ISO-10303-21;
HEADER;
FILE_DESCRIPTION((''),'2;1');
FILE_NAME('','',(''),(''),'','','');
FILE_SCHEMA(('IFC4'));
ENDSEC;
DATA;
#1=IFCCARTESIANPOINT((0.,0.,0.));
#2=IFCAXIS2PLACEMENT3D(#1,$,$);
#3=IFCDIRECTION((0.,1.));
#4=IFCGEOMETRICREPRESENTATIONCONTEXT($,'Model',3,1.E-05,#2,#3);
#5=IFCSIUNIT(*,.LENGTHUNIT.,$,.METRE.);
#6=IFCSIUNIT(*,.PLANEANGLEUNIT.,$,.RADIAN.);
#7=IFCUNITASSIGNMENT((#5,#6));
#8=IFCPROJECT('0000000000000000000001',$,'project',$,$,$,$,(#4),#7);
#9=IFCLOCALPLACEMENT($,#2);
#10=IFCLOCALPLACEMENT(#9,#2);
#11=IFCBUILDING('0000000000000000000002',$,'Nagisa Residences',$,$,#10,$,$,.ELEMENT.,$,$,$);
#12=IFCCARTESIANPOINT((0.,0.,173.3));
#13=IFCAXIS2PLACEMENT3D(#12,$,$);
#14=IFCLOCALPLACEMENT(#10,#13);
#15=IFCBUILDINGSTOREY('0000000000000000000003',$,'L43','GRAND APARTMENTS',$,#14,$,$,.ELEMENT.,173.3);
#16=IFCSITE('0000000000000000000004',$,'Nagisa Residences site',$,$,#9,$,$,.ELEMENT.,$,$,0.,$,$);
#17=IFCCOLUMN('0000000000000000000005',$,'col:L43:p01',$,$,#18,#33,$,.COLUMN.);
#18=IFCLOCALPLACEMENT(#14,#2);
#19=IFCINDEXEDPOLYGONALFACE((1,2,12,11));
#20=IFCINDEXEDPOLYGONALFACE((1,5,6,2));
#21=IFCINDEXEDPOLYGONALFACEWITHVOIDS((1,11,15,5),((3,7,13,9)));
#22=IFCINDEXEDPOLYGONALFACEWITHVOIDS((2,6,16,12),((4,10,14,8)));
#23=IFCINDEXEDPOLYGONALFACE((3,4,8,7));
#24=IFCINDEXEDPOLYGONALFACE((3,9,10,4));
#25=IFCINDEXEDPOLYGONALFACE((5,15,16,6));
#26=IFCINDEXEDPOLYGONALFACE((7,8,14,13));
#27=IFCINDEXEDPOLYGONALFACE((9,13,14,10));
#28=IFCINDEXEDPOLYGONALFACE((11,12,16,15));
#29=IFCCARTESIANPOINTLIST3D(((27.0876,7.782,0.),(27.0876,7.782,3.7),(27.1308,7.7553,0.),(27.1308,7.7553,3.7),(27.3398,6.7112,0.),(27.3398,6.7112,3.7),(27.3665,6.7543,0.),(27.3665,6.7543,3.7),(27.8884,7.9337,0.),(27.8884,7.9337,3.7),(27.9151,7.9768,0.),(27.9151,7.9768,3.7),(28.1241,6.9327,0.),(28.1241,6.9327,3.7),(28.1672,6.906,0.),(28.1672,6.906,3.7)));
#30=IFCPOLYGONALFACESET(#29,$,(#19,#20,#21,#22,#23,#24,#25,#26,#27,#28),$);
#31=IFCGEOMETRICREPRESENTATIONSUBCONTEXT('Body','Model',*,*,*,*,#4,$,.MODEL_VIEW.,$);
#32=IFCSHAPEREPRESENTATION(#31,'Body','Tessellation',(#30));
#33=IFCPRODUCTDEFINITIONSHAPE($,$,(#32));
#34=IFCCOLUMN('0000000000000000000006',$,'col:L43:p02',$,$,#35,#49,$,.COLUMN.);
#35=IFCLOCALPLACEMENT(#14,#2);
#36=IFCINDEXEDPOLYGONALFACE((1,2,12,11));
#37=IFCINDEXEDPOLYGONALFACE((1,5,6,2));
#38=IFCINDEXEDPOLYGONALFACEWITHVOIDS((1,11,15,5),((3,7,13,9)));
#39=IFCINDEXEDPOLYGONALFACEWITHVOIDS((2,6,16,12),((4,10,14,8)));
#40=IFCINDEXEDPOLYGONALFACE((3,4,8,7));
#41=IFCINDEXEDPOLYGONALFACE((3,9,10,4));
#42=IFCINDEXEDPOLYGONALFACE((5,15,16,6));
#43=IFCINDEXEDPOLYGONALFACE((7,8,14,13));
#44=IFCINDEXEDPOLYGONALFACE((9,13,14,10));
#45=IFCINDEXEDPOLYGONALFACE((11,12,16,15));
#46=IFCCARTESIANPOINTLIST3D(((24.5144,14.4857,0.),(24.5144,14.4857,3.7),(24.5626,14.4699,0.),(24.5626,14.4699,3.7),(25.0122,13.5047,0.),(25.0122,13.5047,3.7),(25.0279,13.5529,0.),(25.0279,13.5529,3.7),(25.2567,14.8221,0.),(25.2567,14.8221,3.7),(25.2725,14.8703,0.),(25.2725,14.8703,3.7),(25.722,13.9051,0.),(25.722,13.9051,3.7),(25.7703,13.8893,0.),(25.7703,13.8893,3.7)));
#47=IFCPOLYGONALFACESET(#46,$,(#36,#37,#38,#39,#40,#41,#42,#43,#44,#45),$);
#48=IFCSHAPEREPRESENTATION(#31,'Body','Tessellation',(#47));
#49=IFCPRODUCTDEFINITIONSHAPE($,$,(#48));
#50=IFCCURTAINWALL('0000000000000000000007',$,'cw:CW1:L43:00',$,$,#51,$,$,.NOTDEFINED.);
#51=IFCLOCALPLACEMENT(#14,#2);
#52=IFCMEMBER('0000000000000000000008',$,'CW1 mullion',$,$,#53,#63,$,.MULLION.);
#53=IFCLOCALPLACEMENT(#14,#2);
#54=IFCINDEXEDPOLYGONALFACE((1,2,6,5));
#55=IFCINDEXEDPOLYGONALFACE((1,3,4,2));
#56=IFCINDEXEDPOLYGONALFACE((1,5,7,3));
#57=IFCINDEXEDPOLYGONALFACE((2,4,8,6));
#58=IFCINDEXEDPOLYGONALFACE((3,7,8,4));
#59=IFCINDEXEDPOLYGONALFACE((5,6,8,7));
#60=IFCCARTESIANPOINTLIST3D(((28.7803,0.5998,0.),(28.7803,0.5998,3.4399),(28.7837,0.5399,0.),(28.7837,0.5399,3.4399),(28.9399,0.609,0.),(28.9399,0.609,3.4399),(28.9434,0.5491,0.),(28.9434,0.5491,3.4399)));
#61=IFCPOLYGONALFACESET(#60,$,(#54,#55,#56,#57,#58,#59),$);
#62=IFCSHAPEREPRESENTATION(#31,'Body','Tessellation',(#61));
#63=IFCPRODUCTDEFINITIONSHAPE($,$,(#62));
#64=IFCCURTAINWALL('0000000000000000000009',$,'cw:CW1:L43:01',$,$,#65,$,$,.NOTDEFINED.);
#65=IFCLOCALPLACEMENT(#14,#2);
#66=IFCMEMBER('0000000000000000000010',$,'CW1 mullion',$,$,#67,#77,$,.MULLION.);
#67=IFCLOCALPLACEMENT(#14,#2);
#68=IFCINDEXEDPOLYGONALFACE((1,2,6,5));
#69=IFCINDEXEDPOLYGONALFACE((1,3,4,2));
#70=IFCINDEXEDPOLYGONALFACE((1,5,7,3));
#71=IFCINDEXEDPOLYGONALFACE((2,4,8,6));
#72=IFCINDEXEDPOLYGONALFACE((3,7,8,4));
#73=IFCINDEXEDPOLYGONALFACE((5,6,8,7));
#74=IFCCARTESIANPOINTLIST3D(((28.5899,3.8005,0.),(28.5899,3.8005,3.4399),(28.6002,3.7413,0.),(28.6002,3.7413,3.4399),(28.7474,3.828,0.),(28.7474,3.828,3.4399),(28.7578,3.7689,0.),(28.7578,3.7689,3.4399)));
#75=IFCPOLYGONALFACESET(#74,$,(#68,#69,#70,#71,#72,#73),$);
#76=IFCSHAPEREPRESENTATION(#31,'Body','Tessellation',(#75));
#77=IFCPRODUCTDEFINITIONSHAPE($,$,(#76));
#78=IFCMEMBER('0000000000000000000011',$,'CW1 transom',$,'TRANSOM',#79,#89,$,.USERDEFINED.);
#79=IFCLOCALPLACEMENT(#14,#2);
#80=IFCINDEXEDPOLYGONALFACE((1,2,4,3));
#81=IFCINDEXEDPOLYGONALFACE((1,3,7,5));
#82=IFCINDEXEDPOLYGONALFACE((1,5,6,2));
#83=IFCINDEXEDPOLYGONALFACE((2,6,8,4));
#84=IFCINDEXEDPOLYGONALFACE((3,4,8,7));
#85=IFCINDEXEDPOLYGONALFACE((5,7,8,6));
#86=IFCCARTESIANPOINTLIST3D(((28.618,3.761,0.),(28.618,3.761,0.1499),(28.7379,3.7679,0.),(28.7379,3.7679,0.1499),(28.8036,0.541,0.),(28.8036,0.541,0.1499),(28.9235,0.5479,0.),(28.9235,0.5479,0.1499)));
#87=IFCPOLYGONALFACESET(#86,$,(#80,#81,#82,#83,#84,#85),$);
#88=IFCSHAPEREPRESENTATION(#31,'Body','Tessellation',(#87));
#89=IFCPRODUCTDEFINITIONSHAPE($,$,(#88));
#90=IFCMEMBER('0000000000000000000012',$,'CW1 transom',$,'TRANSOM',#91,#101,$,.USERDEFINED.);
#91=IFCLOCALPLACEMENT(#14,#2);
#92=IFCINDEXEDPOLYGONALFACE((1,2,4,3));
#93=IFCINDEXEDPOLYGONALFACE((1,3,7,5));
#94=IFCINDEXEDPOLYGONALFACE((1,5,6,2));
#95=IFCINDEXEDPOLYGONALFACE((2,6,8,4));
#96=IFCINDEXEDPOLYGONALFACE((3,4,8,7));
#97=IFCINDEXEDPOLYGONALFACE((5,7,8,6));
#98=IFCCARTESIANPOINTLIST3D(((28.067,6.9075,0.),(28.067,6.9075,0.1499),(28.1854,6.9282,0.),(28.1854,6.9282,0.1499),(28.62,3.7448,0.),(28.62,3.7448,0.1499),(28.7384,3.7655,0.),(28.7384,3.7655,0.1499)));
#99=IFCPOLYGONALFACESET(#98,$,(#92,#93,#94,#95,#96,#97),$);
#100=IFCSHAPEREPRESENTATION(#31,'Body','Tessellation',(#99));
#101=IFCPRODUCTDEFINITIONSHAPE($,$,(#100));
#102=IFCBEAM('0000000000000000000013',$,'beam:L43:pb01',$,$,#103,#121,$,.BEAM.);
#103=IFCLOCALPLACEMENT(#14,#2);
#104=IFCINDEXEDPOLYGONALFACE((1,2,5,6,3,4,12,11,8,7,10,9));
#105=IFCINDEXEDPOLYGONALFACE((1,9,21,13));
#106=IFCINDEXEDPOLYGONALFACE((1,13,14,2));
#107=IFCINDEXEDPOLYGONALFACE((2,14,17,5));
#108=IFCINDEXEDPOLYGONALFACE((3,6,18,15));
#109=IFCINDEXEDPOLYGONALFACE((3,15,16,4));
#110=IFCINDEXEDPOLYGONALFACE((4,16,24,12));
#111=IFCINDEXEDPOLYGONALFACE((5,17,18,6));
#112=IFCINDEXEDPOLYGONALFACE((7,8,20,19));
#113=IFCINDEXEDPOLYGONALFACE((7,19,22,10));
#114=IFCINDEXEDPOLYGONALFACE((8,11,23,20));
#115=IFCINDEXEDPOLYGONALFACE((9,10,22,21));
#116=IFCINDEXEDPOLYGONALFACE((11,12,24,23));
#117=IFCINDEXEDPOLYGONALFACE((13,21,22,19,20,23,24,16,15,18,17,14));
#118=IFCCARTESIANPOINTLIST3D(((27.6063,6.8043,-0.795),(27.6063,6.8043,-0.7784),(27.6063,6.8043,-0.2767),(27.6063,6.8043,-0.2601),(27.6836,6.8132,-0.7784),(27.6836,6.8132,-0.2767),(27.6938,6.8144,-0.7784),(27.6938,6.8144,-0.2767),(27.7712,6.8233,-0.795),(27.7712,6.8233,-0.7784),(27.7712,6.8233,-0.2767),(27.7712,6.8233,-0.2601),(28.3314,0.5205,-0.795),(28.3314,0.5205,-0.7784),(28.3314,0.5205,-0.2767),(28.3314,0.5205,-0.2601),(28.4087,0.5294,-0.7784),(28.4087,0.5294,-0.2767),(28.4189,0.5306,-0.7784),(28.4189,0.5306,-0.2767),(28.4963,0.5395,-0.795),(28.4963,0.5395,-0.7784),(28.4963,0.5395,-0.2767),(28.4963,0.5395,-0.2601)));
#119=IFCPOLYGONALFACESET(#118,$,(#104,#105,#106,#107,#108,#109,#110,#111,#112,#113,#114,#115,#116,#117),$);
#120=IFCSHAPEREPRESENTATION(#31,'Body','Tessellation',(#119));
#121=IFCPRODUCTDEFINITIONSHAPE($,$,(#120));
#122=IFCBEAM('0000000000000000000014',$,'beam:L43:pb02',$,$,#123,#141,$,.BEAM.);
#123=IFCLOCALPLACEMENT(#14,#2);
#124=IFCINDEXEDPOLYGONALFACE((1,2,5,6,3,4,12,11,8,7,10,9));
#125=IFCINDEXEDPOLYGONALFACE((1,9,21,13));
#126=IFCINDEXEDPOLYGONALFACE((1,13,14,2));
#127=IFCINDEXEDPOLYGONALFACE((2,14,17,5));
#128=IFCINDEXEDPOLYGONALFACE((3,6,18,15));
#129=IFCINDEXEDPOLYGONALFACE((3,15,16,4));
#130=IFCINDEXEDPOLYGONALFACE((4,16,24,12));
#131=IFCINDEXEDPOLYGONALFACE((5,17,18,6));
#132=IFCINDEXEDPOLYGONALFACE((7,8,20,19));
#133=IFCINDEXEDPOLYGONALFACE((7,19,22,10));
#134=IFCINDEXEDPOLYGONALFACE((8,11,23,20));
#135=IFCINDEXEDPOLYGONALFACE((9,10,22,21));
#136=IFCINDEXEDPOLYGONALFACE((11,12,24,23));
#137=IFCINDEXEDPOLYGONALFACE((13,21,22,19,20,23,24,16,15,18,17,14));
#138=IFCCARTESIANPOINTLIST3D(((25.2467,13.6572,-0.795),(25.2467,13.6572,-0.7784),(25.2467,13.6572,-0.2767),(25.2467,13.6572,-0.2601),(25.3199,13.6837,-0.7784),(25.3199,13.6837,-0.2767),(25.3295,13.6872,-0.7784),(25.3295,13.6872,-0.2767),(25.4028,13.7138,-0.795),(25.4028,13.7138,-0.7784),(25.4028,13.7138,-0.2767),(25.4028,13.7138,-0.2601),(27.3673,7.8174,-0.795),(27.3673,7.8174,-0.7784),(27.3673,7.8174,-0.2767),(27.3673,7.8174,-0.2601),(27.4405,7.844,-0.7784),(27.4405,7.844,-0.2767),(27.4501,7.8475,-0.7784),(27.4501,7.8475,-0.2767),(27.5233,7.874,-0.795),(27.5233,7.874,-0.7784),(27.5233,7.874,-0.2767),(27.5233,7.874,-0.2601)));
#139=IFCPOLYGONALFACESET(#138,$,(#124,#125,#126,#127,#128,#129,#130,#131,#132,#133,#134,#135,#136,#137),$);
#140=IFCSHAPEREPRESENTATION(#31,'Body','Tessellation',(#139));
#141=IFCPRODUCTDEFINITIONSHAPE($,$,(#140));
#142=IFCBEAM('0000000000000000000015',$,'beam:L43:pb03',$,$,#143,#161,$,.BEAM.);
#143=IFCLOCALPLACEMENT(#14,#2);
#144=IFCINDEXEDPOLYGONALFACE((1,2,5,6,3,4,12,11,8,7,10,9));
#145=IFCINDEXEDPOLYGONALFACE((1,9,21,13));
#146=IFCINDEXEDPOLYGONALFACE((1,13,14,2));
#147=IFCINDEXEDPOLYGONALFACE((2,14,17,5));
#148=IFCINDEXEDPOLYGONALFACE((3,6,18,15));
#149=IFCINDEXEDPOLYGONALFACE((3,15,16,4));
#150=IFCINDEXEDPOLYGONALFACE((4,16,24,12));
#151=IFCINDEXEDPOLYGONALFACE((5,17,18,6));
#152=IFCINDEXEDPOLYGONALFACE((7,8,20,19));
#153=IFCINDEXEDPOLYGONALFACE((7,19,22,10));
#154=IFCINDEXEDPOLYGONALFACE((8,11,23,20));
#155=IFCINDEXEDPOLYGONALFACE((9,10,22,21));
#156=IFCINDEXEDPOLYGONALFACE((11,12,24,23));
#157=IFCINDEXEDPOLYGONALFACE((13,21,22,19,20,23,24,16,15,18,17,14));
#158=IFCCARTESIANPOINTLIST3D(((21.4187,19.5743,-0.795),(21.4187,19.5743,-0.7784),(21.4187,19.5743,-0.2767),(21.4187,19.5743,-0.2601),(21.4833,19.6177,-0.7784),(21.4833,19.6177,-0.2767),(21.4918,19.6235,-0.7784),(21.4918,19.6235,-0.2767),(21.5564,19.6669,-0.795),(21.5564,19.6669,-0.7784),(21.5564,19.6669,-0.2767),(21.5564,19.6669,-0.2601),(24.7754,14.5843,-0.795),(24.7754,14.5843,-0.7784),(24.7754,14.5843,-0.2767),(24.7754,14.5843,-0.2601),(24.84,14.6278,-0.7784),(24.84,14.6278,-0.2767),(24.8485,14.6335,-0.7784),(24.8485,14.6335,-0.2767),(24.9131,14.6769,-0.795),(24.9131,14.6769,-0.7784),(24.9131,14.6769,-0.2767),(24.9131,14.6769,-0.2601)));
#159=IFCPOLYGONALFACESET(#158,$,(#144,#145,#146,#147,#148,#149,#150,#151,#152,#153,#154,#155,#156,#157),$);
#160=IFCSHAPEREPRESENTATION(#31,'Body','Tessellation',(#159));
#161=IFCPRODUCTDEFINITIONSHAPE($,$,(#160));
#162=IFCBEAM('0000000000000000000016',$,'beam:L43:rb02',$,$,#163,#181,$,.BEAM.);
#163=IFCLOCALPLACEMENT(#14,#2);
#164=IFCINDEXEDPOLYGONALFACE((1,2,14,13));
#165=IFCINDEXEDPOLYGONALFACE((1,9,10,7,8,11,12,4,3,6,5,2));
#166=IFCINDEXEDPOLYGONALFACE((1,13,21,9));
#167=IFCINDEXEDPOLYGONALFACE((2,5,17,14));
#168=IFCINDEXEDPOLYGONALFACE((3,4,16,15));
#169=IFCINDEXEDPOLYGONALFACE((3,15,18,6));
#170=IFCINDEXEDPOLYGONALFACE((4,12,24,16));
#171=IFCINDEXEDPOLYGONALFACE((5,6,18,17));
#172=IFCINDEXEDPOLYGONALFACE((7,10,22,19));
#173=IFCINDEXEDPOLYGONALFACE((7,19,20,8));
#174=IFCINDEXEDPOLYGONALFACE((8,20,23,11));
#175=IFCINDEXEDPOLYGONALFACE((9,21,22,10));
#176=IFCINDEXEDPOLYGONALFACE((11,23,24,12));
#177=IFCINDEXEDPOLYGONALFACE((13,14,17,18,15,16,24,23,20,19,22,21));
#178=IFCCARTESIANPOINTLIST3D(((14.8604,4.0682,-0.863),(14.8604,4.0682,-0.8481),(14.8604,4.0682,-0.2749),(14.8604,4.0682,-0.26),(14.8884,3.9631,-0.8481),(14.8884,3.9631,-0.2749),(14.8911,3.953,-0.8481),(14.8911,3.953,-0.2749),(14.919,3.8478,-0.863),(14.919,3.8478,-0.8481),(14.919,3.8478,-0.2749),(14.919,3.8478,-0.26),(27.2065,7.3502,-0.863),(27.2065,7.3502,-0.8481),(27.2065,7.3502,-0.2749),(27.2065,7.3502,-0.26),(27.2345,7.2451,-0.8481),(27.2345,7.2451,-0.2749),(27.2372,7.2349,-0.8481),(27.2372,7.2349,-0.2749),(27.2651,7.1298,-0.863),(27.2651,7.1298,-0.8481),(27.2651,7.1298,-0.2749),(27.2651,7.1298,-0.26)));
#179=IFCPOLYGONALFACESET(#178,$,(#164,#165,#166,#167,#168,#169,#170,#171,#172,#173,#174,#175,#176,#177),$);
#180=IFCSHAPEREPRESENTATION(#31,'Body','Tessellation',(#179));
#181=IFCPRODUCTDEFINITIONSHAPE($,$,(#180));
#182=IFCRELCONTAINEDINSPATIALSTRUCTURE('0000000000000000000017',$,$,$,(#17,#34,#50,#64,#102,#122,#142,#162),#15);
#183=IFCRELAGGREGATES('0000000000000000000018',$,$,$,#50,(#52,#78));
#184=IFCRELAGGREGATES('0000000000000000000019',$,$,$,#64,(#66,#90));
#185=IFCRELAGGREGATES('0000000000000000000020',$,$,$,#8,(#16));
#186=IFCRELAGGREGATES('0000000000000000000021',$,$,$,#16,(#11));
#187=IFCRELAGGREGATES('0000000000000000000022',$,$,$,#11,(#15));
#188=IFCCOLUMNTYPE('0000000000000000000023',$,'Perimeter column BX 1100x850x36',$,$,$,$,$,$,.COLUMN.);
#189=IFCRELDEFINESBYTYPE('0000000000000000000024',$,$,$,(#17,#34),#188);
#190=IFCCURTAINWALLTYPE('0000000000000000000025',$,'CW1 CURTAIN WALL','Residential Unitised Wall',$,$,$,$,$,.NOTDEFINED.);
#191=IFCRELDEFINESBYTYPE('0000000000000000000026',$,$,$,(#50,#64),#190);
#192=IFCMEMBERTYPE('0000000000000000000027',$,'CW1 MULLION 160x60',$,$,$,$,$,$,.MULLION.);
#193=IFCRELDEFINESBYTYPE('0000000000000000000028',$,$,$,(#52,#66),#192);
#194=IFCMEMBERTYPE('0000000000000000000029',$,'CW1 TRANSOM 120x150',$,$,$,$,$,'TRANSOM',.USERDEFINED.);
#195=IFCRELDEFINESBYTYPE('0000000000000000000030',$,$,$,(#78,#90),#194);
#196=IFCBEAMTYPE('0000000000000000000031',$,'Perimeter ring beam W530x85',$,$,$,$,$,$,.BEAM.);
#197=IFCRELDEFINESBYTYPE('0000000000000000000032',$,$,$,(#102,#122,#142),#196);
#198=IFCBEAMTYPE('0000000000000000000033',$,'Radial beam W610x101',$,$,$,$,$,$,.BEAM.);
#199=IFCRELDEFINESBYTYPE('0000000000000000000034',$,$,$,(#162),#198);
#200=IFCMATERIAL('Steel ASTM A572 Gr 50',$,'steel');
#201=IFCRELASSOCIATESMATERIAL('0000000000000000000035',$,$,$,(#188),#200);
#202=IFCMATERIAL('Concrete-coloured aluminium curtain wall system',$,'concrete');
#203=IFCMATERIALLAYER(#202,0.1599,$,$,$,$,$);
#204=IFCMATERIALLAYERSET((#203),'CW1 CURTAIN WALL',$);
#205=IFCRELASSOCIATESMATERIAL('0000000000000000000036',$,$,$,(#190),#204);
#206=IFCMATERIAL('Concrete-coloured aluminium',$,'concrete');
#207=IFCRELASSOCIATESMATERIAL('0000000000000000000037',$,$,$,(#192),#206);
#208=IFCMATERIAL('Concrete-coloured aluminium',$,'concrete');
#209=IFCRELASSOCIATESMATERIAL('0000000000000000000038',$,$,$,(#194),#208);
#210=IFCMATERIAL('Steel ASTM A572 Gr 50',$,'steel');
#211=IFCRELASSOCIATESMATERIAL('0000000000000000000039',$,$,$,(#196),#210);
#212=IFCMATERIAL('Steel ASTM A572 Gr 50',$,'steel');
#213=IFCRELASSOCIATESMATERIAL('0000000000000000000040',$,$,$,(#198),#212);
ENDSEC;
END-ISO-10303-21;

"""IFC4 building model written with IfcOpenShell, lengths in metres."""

from ifc_helpers import new_model, si_unit, direction, frame, origin, origin_2d, place, context, subcontext, project, spatial, rectangle, hollow_rectangle, i_section, extrude, material, layer, layer_set, material_profile, profile_set, type_object, element, aggregate, save


model = new_model("IFC4")

# Units and contexts
model_context = context("Model", 3, precision=1e-05, world=origin(), true_north=direction((0.0, 1.0)))
body_context = subcontext(model_context, "Body", "Model", "MODEL_VIEW")
ifc_project = project(units=[si_unit("LENGTHUNIT", "METRE"), si_unit("PLANEANGLEUNIT", "RADIAN")], contexts=[model_context])

# Site, building, storey
site_placement = place(None, origin())
site = spatial("IfcSite", under=ifc_project, at=site_placement, Name="Nagisa Residences site", CompositionType="ELEMENT", RefElevation=0.0)
building_placement = place(site_placement, origin())
building = spatial("IfcBuilding", under=site, at=building_placement, Name="Nagisa Residences", CompositionType="ELEMENT")
storey_placement = place(building_placement, frame((0.0, 0.0, 173.3)))
storey = spatial("IfcBuildingStorey", under=building, at=storey_placement, Name="L43", Description="GRAND APARTMENTS", CompositionType="ELEMENT", Elevation=173.3)

# Columns
ifc_material_1 = material(Name="Steel ASTM A572 Gr 50", Category="steel")
ifc_material_profile_1 = material_profile(ifc_material_1, hollow_rectangle(XDim=1.1001, YDim=0.8501, WallThickness=0.0359, at=origin_2d()), Name="BX 1100x850x36")
ifc_profile_set_1 = profile_set([ifc_material_profile_1], Name="Steel ASTM A572 Gr 50")
column_type = type_object("IfcColumnType", Name="Perimeter column BX 1100x850x36", PredefinedType="COLUMN", material=ifc_profile_set_1)
for number, where, z_axis, x_axis, name in (
    (1, (27.6274, 7.344, 0.0), (0.0, 0.0, 1.0), (-0.229202, 0.973379, 0.0), "col:L43:p01"),
    (2, (25.1423, 14.1875, 0.0), (0.0, 0.0, 1.0), (-0.452463, 0.891783, 0.0), "col:L43:p02"),
):
    element("IfcColumn", number, at=place(storey_placement, frame(where, z_axis=z_axis, x_axis=x_axis)), inside=storey, type_object=column_type, Name=name, PredefinedType="COLUMN", context=body_context, shape_type="SweptSolid", body=[
        extrude(hollow_rectangle(XDim=1.1001, YDim=0.8501, WallThickness=0.0359, at=origin_2d()), origin(), (0.0, 0.0, 1.0), 3.7),
    ])

# Curtain walls, members
ifc_material_2 = material(Name="Concrete-coloured aluminium curtain wall system", Category="concrete")
ifc_layer_1 = layer(ifc_material_2, 0.1599)
ifc_layer_set_1 = layer_set([ifc_layer_1], Name="CW1 CURTAIN WALL")
curtain_wall_type = type_object("IfcCurtainWallType", Name="CW1 CURTAIN WALL", Description="Residential Unitised Wall", PredefinedType="NOTDEFINED", material=ifc_layer_set_1)
curtain_wall_1_placement = place(storey_placement, origin())
curtain_wall_1 = element("IfcCurtainWall", 3, at=curtain_wall_1_placement, inside=storey, type_object=curtain_wall_type, Name="cw:CW1:L43:00", PredefinedType="NOTDEFINED")
ifc_material_3 = material(Name="Concrete-coloured aluminium", Category="concrete")
ifc_material_profile_2 = material_profile(ifc_material_3, rectangle(XDim=0.1599, YDim=0.0601, at=origin_2d()), Name="CW1 MULLION 160x60")
ifc_profile_set_2 = profile_set([ifc_material_profile_2], Name="Concrete-coloured aluminium")
member_type_1 = type_object("IfcMemberType", Name="CW1 MULLION 160x60", PredefinedType="MULLION", material=ifc_profile_set_2)
member_1_placement = place(storey_placement, frame((28.8618, 0.5745, 0.0), z_axis=(0.0, 0.0, 1.0), x_axis=(-0.998345, -0.057503, 0.0)))
member_1 = element("IfcMember", 4, at=member_1_placement, type_object=member_type_1, Name="CW1 mullion", PredefinedType="MULLION", context=body_context, shape_type="SweptSolid", body=[
    extrude(rectangle(XDim=0.1599, YDim=0.0601, at=origin_2d()), origin(), (0.0, 0.0, 1.0), 3.4399),
])
curtain_wall_2_placement = place(storey_placement, origin())
curtain_wall_2 = element("IfcCurtainWall", 5, at=curtain_wall_2_placement, inside=storey, type_object=curtain_wall_type, Name="cw:CW1:L43:01", PredefinedType="NOTDEFINED")
member_2_placement = place(storey_placement, frame((28.6738, 3.7847, 0.0), z_axis=(0.0, 0.0, 1.0), x_axis=(-0.985064, -0.172191, 0.0)))
member_2 = element("IfcMember", 6, at=member_2_placement, type_object=member_type_1, Name="CW1 mullion", PredefinedType="MULLION", context=body_context, shape_type="SweptSolid", body=[
    extrude(rectangle(XDim=0.1599, YDim=0.0601, at=origin_2d()), origin(), (0.0, 0.0, 1.0), 3.4399),
])

# Members
ifc_material_4 = material(Name="Concrete-coloured aluminium", Category="concrete")
ifc_material_profile_3 = material_profile(ifc_material_4, rectangle(XDim=0.1201, YDim=0.1499, at=origin_2d()), Name="CW1 TRANSOM 120x150")
ifc_profile_set_3 = profile_set([ifc_material_profile_3], Name="Concrete-coloured aluminium")
member_type_2 = type_object("IfcMemberType", Name="CW1 TRANSOM 120x150", ElementType="TRANSOM", PredefinedType="USERDEFINED", material=ifc_profile_set_3)
member_3_placement = place(storey_placement, frame((28.8635, 0.5444, 0.075), z_axis=(-0.057528, 0.998344, 0.0), x_axis=(-0.998344, -0.057528, 0.0)))
member_3 = element("IfcMember", 7, at=member_3_placement, type_object=member_type_2, Name="CW1 transom", ObjectType="TRANSOM", PredefinedType="USERDEFINED", context=body_context, shape_type="SweptSolid", body=[
    extrude(rectangle(XDim=0.1201, YDim=0.1499, at=origin_2d()), origin(), (0.0, 0.0, 1.0), 3.2253),
])
member_4_placement = place(storey_placement, frame((28.6792, 3.7551, 0.075), z_axis=(-0.172236, 0.985056, 0.0), x_axis=(-0.985056, -0.172236, 0.0)))
member_4 = element("IfcMember", 8, at=member_4_placement, type_object=member_type_2, Name="CW1 transom", ObjectType="TRANSOM", PredefinedType="USERDEFINED", context=body_context, shape_type="SweptSolid", body=[
    extrude(rectangle(XDim=0.1201, YDim=0.1499, at=origin_2d()), origin(), (0.0, 0.0, 1.0), 3.2107),
])

# Beams
ifc_material_5 = material(Name="Steel ASTM A572 Gr 50", Category="steel")
ifc_material_profile_4 = material_profile(ifc_material_5, i_section(OverallWidth=0.166, OverallDepth=0.5349, WebThickness=0.0103, FlangeThickness=0.0166, at=origin_2d()), Name="W530x85")
ifc_profile_set_4 = profile_set([ifc_material_profile_4], Name="Steel ASTM A572 Gr 50")
beam_type_1 = type_object("IfcBeamType", Name="Perimeter ring beam W530x85", PredefinedType="BEAM", material=ifc_profile_set_4)
beam_1_placement = place(storey_placement, frame((28.4138, 0.53, -0.5276), z_axis=(-0.114633, 0.993408, 0.0), x_axis=(-0.993408, -0.114633, 0.0)))
element("IfcBeam", 9, at=beam_1_placement, inside=storey, type_object=beam_type_1, Name="beam:L43:pb01", PredefinedType="BEAM", context=body_context, shape_type="SweptSolid", body=[
    extrude(i_section(OverallWidth=0.166, OverallDepth=0.5349, WebThickness=0.0103, FlangeThickness=0.0166, at=origin_2d()), origin(), (0.0, 0.0, 1.0), 6.3254),
])
beam_2_placement = place(storey_placement, frame((27.4453, 7.8457, -0.5276), z_axis=(-0.34132, 0.939947, 0.0), x_axis=(-0.939947, -0.34132, 0.0)))
element("IfcBeam", 10, at=beam_2_placement, inside=storey, type_object=beam_type_1, Name="beam:L43:pb02", PredefinedType="BEAM", context=body_context, shape_type="SweptSolid", body=[
    extrude(i_section(OverallWidth=0.166, OverallDepth=0.5349, WebThickness=0.0103, FlangeThickness=0.0166, at=origin_2d()), origin(), (0.0, 0.0, 1.0), 6.2129),
])
beam_3_placement = place(storey_placement, frame((24.8442, 14.6306, -0.5276), z_axis=(-0.558152, 0.829739, 0.0), x_axis=(-0.829739, -0.558152, 0.0)))
element("IfcBeam", 11, at=beam_3_placement, inside=storey, type_object=beam_type_1, Name="beam:L43:pb03", PredefinedType="BEAM", context=body_context, shape_type="SweptSolid", body=[
    extrude(i_section(OverallWidth=0.166, OverallDepth=0.5349, WebThickness=0.0103, FlangeThickness=0.0166, at=origin_2d()), origin(), (0.0, 0.0, 1.0), 6.0139),
])
ifc_material_6 = material(Name="Steel ASTM A572 Gr 50", Category="steel")
ifc_material_profile_5 = material_profile(ifc_material_6, i_section(OverallWidth=0.228, OverallDepth=0.603, WebThickness=0.0105, FlangeThickness=0.0149, at=origin_2d()), Name="W610x101")
ifc_profile_set_5 = profile_set([ifc_material_profile_5], Name="Steel ASTM A572 Gr 50")
beam_type_2 = type_object("IfcBeamType", Name="Radial beam W610x101", PredefinedType="BEAM", material=ifc_profile_set_5)
beam_4_placement = place(storey_placement, frame((27.2358, 7.24, -0.5615), z_axis=(-0.966436, -0.256907, 0.0), x_axis=(0.256907, -0.966436, 0.0)))
element("IfcBeam", 12, at=beam_4_placement, inside=storey, type_object=beam_type_2, Name="beam:L43:rb02", PredefinedType="BEAM", context=body_context, shape_type="SweptSolid", body=[
    extrude(i_section(OverallWidth=0.228, OverallDepth=0.603, WebThickness=0.0105, FlangeThickness=0.0149, at=origin_2d()), origin(), (0.0, 0.0, 1.0), 12.7749),
])

aggregate(curtain_wall_1, [member_1, member_3])
aggregate(curtain_wall_2, [member_2, member_4])

save(model, "model.ifc")
